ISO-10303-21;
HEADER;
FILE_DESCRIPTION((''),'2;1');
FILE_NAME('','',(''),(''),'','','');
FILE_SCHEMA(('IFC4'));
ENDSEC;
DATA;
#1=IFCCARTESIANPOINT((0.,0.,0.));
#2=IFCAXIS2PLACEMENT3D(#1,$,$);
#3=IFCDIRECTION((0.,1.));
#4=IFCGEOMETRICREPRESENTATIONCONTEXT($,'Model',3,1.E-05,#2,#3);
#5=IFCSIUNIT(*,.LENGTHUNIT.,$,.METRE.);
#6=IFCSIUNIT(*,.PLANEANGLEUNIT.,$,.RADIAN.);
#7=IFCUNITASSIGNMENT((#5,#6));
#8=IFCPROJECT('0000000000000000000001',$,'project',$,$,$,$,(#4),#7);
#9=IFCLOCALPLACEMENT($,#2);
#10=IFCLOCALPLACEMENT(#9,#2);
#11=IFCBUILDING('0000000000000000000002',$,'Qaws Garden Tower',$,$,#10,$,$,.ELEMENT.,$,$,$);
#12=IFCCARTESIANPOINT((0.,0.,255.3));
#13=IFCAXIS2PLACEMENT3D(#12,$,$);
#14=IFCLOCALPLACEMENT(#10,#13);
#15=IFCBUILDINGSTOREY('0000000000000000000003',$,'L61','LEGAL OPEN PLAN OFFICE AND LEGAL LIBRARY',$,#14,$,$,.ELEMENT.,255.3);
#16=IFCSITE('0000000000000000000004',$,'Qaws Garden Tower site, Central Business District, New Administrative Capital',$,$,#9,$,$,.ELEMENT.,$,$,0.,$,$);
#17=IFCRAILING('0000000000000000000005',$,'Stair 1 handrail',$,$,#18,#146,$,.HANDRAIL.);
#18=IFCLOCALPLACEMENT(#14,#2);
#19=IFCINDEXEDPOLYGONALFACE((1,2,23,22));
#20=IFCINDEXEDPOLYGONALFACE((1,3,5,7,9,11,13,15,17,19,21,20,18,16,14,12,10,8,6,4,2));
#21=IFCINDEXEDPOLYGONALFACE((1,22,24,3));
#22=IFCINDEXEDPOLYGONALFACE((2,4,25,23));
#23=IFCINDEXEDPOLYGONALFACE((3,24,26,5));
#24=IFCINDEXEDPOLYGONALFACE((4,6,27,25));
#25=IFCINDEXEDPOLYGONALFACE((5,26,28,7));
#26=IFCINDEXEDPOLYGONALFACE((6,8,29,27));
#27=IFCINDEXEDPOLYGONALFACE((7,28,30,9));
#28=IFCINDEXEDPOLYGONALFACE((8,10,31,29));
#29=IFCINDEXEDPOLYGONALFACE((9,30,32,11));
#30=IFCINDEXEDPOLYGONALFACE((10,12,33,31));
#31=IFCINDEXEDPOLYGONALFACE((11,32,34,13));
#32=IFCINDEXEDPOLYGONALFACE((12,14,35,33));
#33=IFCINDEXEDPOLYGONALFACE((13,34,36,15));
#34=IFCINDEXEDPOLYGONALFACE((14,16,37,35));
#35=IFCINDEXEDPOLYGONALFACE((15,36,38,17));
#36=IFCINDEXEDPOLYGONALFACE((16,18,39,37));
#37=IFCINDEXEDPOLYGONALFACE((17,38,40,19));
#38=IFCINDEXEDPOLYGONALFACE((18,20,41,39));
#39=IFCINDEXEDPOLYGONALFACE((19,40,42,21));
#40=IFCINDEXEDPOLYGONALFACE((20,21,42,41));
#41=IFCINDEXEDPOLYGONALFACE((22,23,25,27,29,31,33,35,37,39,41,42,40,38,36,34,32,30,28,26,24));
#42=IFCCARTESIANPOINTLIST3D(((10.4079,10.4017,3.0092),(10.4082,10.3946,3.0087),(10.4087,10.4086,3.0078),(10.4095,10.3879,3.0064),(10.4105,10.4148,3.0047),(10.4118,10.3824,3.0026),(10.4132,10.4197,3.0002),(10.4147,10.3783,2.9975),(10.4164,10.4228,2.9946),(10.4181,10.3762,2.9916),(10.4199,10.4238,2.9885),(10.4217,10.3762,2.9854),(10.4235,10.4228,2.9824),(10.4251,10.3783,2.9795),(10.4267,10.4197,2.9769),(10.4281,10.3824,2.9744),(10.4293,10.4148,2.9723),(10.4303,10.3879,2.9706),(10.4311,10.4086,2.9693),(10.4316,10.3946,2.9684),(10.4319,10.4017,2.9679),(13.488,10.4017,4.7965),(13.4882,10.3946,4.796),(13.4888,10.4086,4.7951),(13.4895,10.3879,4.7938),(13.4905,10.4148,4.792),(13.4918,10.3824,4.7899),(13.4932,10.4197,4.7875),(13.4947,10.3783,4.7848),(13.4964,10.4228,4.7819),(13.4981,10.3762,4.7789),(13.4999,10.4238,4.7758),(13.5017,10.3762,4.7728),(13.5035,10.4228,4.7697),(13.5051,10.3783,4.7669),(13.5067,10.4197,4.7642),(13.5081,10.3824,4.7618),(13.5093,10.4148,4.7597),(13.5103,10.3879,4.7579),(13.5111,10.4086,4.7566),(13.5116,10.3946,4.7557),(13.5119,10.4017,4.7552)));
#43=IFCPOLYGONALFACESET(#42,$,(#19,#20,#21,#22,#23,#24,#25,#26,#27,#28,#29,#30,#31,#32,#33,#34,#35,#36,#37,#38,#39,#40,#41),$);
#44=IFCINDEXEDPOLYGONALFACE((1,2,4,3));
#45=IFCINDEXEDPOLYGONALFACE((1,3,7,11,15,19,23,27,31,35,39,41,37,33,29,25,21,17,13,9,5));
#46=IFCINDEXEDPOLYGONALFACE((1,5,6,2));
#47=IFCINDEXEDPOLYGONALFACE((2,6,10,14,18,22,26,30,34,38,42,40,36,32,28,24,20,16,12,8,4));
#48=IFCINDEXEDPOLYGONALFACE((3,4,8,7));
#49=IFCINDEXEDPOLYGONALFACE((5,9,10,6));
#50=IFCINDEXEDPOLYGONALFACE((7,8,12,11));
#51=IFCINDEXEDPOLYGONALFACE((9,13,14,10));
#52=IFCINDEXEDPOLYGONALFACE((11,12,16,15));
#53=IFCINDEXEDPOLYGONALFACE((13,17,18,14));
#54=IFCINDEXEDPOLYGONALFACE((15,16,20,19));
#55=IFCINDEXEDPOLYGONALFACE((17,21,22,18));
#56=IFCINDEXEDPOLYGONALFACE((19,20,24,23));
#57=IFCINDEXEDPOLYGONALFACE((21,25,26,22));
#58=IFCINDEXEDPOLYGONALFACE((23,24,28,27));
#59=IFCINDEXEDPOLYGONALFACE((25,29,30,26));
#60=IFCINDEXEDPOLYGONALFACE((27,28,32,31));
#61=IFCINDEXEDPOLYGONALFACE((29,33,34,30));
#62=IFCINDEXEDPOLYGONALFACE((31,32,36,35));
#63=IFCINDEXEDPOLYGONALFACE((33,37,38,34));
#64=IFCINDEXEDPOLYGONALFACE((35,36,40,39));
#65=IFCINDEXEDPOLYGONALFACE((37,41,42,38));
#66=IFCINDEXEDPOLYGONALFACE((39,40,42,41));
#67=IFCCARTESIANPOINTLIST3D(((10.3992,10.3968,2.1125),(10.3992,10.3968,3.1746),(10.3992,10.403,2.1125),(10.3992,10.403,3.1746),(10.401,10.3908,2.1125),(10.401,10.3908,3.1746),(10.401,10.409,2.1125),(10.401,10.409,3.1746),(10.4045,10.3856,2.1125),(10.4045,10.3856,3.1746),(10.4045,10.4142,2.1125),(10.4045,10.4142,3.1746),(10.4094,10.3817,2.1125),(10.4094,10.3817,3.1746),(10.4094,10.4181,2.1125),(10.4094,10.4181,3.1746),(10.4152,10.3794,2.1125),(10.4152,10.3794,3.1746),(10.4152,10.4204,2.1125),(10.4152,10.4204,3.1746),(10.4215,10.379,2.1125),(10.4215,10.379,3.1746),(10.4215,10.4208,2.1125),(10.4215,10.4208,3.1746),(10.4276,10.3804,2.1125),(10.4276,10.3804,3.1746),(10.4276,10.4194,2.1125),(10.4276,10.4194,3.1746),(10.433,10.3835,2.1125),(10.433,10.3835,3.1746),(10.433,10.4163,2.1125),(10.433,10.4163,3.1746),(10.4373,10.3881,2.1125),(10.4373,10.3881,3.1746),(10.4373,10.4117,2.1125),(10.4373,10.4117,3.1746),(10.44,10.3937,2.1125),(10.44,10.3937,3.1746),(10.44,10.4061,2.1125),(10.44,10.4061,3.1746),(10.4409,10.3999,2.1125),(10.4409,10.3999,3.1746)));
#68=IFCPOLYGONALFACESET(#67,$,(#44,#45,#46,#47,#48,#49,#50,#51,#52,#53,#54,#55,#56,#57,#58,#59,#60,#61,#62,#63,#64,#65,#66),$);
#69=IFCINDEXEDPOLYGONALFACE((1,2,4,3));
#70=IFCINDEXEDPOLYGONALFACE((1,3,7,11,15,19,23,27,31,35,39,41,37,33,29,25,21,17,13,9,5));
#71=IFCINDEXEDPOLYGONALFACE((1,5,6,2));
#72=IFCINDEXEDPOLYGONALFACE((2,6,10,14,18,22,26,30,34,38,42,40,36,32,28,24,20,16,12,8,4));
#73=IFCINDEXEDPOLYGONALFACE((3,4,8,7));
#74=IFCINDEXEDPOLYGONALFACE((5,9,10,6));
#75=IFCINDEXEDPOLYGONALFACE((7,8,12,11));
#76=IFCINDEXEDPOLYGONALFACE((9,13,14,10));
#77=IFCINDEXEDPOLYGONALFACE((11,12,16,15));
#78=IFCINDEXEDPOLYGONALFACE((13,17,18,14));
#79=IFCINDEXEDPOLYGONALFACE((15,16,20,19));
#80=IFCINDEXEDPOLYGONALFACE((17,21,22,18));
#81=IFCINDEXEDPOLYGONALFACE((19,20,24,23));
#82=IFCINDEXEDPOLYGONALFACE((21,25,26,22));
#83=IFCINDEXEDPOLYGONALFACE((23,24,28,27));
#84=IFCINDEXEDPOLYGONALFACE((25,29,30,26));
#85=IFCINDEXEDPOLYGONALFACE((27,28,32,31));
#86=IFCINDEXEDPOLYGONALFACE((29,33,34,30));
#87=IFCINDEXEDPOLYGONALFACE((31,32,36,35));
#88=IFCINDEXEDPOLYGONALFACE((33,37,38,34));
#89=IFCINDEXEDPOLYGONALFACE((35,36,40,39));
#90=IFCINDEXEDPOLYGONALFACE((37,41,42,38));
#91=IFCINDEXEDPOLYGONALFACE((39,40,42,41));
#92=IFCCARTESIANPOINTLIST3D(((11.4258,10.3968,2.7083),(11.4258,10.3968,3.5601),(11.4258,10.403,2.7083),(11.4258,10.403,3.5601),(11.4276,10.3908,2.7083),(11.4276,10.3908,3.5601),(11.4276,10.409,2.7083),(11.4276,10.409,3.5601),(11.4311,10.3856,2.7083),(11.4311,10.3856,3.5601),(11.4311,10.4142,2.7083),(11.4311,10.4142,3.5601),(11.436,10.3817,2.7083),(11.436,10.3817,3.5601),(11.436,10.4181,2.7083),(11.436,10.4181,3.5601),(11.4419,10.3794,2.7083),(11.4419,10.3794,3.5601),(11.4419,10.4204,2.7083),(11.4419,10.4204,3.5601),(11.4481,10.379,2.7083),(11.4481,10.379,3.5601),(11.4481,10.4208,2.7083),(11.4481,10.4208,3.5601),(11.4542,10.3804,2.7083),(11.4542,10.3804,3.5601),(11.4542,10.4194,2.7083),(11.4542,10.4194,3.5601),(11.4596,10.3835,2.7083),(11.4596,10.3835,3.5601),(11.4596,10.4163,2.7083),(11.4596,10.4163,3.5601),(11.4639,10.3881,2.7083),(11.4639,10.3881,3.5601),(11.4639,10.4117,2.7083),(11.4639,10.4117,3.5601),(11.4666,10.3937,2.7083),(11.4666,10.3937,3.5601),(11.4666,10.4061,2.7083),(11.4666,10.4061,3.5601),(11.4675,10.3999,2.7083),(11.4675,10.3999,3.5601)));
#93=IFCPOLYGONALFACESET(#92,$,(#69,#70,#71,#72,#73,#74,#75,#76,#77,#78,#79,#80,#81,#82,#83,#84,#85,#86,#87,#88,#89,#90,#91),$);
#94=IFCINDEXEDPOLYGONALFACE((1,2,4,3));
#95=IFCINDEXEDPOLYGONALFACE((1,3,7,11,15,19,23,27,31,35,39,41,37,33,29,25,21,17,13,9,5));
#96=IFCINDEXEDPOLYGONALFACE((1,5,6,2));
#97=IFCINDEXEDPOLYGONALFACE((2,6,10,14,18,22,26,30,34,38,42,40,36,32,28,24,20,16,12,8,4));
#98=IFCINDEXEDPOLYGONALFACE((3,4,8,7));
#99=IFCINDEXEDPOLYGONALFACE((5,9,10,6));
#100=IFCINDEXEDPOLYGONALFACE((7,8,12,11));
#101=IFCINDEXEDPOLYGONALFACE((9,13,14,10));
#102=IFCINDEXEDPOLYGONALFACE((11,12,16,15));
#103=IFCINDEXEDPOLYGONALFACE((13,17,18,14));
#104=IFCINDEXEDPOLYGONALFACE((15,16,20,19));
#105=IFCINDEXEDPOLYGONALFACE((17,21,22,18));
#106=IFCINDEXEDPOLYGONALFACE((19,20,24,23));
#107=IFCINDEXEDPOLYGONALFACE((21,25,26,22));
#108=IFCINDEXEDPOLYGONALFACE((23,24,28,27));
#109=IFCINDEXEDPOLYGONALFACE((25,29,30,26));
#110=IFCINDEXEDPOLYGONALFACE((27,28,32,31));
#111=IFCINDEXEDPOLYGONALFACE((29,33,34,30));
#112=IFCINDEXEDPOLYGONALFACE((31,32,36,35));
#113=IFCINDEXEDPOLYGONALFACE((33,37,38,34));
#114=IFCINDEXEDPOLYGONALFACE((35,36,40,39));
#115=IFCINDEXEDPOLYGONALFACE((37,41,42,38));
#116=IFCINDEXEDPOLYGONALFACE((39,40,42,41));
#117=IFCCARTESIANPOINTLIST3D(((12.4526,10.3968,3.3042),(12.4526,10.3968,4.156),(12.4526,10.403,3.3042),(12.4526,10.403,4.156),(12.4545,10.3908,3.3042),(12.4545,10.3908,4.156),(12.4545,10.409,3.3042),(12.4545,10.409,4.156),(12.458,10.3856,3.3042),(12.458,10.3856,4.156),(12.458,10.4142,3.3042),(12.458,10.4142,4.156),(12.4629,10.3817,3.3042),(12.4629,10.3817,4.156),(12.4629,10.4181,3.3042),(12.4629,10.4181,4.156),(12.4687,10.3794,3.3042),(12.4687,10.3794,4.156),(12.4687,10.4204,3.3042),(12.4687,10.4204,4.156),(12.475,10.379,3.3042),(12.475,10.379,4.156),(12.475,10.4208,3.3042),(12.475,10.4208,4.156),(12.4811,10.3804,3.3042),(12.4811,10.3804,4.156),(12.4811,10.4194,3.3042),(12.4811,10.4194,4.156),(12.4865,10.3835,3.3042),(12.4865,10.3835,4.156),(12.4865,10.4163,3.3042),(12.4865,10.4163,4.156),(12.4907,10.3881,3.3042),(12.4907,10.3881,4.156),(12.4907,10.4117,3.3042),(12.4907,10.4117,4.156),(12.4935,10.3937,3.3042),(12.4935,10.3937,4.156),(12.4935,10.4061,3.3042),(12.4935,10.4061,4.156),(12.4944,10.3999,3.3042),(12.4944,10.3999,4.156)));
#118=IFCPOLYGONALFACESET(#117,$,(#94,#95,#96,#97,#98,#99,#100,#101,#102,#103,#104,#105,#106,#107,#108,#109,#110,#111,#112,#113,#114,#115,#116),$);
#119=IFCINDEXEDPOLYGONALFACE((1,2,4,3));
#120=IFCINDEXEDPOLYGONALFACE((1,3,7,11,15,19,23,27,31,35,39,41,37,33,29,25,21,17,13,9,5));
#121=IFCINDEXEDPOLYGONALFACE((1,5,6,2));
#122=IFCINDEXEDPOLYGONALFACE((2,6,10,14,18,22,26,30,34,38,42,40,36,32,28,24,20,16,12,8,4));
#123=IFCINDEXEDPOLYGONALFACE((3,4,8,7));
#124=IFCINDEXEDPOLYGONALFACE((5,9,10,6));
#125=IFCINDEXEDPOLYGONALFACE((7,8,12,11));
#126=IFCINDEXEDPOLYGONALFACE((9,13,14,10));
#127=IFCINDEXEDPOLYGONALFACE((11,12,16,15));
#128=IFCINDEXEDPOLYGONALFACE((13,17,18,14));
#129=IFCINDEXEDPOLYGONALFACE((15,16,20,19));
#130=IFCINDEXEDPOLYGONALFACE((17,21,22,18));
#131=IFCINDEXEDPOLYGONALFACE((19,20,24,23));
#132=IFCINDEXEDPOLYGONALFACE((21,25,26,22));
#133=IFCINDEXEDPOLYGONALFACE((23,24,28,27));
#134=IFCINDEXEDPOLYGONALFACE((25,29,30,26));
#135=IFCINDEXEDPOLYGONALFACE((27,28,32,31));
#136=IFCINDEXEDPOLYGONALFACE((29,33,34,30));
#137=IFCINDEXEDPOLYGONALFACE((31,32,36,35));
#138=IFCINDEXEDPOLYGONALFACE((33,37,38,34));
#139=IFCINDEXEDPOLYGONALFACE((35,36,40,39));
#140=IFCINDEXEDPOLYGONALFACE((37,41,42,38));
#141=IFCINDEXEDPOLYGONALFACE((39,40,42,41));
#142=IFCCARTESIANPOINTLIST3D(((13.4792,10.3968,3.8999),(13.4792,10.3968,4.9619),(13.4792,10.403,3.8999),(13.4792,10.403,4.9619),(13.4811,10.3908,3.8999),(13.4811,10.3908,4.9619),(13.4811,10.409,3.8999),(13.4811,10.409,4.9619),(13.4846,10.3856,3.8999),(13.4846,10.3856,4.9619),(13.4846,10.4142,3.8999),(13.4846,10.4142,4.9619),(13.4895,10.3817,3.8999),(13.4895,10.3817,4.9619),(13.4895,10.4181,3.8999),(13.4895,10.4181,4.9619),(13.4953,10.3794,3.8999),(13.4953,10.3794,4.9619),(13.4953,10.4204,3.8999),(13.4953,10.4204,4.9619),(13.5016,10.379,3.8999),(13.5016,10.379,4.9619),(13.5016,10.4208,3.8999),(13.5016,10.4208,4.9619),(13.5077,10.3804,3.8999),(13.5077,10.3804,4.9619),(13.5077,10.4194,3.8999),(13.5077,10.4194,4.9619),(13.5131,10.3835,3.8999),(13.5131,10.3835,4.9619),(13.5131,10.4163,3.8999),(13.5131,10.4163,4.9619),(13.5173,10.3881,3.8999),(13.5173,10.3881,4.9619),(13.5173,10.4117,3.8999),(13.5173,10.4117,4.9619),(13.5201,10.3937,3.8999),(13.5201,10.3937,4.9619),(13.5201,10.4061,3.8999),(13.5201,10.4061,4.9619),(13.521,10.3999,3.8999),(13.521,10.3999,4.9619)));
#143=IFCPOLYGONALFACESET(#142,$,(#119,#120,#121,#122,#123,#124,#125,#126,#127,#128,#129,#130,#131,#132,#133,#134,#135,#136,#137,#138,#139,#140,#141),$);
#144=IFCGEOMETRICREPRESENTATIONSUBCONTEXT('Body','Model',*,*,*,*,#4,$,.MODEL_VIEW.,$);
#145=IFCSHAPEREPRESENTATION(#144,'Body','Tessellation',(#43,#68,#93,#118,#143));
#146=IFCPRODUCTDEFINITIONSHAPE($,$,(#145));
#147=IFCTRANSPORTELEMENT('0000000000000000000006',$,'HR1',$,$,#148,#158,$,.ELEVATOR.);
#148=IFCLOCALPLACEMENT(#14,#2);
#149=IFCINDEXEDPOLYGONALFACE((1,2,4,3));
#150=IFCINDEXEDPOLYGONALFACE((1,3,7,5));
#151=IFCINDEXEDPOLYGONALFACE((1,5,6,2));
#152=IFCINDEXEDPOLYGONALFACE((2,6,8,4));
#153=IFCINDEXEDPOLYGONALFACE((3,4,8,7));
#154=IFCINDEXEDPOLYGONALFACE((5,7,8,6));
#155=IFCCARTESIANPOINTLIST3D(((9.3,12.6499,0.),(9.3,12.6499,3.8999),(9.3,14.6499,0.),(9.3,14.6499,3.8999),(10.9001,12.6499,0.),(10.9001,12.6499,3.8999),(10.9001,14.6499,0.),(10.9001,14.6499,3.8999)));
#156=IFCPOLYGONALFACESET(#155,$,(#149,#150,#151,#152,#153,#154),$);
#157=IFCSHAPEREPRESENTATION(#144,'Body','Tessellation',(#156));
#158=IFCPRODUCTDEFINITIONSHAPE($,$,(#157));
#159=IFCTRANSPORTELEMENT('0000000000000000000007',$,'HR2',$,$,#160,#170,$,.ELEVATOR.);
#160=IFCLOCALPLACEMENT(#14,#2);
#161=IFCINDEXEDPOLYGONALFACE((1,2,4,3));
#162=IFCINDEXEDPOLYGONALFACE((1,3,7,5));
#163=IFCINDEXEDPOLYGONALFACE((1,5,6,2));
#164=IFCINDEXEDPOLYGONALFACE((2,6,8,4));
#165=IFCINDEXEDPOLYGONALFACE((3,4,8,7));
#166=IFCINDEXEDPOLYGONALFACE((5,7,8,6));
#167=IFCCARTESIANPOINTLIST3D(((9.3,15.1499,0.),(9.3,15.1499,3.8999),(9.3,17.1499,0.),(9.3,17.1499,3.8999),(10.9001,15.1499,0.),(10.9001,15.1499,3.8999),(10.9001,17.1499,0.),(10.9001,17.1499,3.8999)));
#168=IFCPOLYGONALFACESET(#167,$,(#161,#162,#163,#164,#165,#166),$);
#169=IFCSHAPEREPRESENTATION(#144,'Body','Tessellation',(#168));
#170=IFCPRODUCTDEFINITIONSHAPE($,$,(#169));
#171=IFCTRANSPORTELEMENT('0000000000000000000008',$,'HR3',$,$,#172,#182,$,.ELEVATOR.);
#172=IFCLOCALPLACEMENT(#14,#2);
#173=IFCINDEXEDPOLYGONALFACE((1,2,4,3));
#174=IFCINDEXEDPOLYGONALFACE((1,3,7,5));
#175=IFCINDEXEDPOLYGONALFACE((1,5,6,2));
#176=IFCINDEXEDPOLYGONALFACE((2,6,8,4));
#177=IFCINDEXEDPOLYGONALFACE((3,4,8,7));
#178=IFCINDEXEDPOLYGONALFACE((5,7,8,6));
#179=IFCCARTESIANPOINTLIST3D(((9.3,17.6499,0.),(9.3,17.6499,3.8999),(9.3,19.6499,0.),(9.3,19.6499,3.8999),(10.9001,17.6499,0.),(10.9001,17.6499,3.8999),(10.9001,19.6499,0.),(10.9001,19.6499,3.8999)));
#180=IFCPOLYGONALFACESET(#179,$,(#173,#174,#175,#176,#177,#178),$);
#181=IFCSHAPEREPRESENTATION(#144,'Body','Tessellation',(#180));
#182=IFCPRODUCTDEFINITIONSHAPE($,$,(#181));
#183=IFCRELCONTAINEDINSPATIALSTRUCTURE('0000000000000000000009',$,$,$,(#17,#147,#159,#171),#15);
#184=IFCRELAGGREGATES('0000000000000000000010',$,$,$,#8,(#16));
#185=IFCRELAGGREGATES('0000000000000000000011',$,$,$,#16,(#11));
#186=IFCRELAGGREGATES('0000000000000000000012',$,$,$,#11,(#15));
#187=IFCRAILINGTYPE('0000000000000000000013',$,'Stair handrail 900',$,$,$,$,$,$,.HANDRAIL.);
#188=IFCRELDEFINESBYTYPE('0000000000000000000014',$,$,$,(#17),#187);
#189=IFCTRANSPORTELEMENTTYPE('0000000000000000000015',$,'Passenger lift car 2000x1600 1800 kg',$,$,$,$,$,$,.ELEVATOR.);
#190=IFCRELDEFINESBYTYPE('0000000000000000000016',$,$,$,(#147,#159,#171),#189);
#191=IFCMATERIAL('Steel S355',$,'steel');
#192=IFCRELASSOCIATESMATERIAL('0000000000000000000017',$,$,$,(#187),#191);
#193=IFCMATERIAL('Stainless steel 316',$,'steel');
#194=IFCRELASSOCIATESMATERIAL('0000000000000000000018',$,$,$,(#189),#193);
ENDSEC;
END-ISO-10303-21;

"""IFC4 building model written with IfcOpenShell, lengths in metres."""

from ifc_helpers import new_model, si_unit, direction, frame, origin, origin_2d, place, context, subcontext, project, spatial, rectangle, circle, extrude, material, type_object, element, save


model = new_model("IFC4")

# Units and contexts
model_context = context("Model", 3, precision=1e-05, world=origin(), true_north=direction((0.0, 1.0)))
body_context = subcontext(model_context, "Body", "Model", "MODEL_VIEW")
ifc_project = project(units=[si_unit("LENGTHUNIT", "METRE"), si_unit("PLANEANGLEUNIT", "RADIAN")], contexts=[model_context])

# Site, building, storey
site_placement = place(None, origin())
site = spatial("IfcSite", under=ifc_project, at=site_placement, Name="Qaws Garden Tower site, Central Business District, New Administrative Capital", CompositionType="ELEMENT", RefElevation=0.0)
building_placement = place(site_placement, origin())
building = spatial("IfcBuilding", under=site, at=building_placement, Name="Qaws Garden Tower", CompositionType="ELEMENT")
storey_placement = place(building_placement, frame((0.0, 0.0, 255.3)))
storey = spatial("IfcBuildingStorey", under=building, at=storey_placement, Name="L61", Description="LEGAL OPEN PLAN OFFICE AND LEGAL LIBRARY", CompositionType="ELEMENT", Elevation=255.3)

# Railing
ifc_material_1 = material(Name="Steel S355", Category="steel")
railing_type = type_object("IfcRailingType", Name="Stair handrail 900", PredefinedType="HANDRAIL", material=ifc_material_1)
railing_1_placement = place(storey_placement, frame((10.4199, 10.3999, 2.1125)))
element("IfcRailing", 1, at=railing_1_placement, inside=storey, type_object=railing_type, Name="Stair 1 handrail", PredefinedType="HANDRAIL", context=body_context, shape_type="SweptSolid", body=[
    extrude(circle(Radius=0.0239, at=origin_2d()), frame((0.0, 0.0, 0.876), z_axis=(0.86492, 0.0, 0.501909), x_axis=(0.0, 1.0, 0.0)), (0.0, 0.0, 1.0), 3.561),
    extrude(circle(Radius=0.021, at=origin_2d()), origin(), (0.0, 0.0, 1.0), 1.062),
    extrude(circle(Radius=0.021, at=origin_2d()), frame((1.0266, 0.0, 0.5957)), (0.0, 0.0, 1.0), 0.8518),
    extrude(circle(Radius=0.021, at=origin_2d()), frame((2.0535, 0.0, 1.1917)), (0.0, 0.0, 1.0), 0.8518),
    extrude(circle(Radius=0.021, at=origin_2d()), frame((3.0801, 0.0, 1.7874)), (0.0, 0.0, 1.0), 1.062),
])

# Transport elements
ifc_material_2 = material(Name="Stainless steel 316", Category="steel")
transport_element_type = type_object("IfcTransportElementType", Name="Passenger lift car 2000x1600 1800 kg", PredefinedType="ELEVATOR", material=ifc_material_2)
for number, where, z_axis, x_axis, name in (
    (2, (10.1001, 13.6499, 0.0), (0.0, 0.0, 1.0), (1.0, 0.0, 0.0), "HR1"),
    (3, (10.1001, 16.1499, 0.0), (0.0, 0.0, 1.0), (1.0, 0.0, 0.0), "HR2"),
    (4, (10.1001, 18.6499, 0.0), (0.0, 0.0, 1.0), (1.0, 0.0, 0.0), "HR3"),
):
    element("IfcTransportElement", number, at=place(storey_placement, frame(where, z_axis=z_axis, x_axis=x_axis)), inside=storey, type_object=transport_element_type, Name=name, PredefinedType="ELEVATOR", context=body_context, shape_type="SweptSolid", body=[
        extrude(rectangle(XDim=1.6001, YDim=2.0, at=origin_2d()), origin(), (0.0, 0.0, 1.0), 3.8999),
    ])

save(model, "model.ifc")
